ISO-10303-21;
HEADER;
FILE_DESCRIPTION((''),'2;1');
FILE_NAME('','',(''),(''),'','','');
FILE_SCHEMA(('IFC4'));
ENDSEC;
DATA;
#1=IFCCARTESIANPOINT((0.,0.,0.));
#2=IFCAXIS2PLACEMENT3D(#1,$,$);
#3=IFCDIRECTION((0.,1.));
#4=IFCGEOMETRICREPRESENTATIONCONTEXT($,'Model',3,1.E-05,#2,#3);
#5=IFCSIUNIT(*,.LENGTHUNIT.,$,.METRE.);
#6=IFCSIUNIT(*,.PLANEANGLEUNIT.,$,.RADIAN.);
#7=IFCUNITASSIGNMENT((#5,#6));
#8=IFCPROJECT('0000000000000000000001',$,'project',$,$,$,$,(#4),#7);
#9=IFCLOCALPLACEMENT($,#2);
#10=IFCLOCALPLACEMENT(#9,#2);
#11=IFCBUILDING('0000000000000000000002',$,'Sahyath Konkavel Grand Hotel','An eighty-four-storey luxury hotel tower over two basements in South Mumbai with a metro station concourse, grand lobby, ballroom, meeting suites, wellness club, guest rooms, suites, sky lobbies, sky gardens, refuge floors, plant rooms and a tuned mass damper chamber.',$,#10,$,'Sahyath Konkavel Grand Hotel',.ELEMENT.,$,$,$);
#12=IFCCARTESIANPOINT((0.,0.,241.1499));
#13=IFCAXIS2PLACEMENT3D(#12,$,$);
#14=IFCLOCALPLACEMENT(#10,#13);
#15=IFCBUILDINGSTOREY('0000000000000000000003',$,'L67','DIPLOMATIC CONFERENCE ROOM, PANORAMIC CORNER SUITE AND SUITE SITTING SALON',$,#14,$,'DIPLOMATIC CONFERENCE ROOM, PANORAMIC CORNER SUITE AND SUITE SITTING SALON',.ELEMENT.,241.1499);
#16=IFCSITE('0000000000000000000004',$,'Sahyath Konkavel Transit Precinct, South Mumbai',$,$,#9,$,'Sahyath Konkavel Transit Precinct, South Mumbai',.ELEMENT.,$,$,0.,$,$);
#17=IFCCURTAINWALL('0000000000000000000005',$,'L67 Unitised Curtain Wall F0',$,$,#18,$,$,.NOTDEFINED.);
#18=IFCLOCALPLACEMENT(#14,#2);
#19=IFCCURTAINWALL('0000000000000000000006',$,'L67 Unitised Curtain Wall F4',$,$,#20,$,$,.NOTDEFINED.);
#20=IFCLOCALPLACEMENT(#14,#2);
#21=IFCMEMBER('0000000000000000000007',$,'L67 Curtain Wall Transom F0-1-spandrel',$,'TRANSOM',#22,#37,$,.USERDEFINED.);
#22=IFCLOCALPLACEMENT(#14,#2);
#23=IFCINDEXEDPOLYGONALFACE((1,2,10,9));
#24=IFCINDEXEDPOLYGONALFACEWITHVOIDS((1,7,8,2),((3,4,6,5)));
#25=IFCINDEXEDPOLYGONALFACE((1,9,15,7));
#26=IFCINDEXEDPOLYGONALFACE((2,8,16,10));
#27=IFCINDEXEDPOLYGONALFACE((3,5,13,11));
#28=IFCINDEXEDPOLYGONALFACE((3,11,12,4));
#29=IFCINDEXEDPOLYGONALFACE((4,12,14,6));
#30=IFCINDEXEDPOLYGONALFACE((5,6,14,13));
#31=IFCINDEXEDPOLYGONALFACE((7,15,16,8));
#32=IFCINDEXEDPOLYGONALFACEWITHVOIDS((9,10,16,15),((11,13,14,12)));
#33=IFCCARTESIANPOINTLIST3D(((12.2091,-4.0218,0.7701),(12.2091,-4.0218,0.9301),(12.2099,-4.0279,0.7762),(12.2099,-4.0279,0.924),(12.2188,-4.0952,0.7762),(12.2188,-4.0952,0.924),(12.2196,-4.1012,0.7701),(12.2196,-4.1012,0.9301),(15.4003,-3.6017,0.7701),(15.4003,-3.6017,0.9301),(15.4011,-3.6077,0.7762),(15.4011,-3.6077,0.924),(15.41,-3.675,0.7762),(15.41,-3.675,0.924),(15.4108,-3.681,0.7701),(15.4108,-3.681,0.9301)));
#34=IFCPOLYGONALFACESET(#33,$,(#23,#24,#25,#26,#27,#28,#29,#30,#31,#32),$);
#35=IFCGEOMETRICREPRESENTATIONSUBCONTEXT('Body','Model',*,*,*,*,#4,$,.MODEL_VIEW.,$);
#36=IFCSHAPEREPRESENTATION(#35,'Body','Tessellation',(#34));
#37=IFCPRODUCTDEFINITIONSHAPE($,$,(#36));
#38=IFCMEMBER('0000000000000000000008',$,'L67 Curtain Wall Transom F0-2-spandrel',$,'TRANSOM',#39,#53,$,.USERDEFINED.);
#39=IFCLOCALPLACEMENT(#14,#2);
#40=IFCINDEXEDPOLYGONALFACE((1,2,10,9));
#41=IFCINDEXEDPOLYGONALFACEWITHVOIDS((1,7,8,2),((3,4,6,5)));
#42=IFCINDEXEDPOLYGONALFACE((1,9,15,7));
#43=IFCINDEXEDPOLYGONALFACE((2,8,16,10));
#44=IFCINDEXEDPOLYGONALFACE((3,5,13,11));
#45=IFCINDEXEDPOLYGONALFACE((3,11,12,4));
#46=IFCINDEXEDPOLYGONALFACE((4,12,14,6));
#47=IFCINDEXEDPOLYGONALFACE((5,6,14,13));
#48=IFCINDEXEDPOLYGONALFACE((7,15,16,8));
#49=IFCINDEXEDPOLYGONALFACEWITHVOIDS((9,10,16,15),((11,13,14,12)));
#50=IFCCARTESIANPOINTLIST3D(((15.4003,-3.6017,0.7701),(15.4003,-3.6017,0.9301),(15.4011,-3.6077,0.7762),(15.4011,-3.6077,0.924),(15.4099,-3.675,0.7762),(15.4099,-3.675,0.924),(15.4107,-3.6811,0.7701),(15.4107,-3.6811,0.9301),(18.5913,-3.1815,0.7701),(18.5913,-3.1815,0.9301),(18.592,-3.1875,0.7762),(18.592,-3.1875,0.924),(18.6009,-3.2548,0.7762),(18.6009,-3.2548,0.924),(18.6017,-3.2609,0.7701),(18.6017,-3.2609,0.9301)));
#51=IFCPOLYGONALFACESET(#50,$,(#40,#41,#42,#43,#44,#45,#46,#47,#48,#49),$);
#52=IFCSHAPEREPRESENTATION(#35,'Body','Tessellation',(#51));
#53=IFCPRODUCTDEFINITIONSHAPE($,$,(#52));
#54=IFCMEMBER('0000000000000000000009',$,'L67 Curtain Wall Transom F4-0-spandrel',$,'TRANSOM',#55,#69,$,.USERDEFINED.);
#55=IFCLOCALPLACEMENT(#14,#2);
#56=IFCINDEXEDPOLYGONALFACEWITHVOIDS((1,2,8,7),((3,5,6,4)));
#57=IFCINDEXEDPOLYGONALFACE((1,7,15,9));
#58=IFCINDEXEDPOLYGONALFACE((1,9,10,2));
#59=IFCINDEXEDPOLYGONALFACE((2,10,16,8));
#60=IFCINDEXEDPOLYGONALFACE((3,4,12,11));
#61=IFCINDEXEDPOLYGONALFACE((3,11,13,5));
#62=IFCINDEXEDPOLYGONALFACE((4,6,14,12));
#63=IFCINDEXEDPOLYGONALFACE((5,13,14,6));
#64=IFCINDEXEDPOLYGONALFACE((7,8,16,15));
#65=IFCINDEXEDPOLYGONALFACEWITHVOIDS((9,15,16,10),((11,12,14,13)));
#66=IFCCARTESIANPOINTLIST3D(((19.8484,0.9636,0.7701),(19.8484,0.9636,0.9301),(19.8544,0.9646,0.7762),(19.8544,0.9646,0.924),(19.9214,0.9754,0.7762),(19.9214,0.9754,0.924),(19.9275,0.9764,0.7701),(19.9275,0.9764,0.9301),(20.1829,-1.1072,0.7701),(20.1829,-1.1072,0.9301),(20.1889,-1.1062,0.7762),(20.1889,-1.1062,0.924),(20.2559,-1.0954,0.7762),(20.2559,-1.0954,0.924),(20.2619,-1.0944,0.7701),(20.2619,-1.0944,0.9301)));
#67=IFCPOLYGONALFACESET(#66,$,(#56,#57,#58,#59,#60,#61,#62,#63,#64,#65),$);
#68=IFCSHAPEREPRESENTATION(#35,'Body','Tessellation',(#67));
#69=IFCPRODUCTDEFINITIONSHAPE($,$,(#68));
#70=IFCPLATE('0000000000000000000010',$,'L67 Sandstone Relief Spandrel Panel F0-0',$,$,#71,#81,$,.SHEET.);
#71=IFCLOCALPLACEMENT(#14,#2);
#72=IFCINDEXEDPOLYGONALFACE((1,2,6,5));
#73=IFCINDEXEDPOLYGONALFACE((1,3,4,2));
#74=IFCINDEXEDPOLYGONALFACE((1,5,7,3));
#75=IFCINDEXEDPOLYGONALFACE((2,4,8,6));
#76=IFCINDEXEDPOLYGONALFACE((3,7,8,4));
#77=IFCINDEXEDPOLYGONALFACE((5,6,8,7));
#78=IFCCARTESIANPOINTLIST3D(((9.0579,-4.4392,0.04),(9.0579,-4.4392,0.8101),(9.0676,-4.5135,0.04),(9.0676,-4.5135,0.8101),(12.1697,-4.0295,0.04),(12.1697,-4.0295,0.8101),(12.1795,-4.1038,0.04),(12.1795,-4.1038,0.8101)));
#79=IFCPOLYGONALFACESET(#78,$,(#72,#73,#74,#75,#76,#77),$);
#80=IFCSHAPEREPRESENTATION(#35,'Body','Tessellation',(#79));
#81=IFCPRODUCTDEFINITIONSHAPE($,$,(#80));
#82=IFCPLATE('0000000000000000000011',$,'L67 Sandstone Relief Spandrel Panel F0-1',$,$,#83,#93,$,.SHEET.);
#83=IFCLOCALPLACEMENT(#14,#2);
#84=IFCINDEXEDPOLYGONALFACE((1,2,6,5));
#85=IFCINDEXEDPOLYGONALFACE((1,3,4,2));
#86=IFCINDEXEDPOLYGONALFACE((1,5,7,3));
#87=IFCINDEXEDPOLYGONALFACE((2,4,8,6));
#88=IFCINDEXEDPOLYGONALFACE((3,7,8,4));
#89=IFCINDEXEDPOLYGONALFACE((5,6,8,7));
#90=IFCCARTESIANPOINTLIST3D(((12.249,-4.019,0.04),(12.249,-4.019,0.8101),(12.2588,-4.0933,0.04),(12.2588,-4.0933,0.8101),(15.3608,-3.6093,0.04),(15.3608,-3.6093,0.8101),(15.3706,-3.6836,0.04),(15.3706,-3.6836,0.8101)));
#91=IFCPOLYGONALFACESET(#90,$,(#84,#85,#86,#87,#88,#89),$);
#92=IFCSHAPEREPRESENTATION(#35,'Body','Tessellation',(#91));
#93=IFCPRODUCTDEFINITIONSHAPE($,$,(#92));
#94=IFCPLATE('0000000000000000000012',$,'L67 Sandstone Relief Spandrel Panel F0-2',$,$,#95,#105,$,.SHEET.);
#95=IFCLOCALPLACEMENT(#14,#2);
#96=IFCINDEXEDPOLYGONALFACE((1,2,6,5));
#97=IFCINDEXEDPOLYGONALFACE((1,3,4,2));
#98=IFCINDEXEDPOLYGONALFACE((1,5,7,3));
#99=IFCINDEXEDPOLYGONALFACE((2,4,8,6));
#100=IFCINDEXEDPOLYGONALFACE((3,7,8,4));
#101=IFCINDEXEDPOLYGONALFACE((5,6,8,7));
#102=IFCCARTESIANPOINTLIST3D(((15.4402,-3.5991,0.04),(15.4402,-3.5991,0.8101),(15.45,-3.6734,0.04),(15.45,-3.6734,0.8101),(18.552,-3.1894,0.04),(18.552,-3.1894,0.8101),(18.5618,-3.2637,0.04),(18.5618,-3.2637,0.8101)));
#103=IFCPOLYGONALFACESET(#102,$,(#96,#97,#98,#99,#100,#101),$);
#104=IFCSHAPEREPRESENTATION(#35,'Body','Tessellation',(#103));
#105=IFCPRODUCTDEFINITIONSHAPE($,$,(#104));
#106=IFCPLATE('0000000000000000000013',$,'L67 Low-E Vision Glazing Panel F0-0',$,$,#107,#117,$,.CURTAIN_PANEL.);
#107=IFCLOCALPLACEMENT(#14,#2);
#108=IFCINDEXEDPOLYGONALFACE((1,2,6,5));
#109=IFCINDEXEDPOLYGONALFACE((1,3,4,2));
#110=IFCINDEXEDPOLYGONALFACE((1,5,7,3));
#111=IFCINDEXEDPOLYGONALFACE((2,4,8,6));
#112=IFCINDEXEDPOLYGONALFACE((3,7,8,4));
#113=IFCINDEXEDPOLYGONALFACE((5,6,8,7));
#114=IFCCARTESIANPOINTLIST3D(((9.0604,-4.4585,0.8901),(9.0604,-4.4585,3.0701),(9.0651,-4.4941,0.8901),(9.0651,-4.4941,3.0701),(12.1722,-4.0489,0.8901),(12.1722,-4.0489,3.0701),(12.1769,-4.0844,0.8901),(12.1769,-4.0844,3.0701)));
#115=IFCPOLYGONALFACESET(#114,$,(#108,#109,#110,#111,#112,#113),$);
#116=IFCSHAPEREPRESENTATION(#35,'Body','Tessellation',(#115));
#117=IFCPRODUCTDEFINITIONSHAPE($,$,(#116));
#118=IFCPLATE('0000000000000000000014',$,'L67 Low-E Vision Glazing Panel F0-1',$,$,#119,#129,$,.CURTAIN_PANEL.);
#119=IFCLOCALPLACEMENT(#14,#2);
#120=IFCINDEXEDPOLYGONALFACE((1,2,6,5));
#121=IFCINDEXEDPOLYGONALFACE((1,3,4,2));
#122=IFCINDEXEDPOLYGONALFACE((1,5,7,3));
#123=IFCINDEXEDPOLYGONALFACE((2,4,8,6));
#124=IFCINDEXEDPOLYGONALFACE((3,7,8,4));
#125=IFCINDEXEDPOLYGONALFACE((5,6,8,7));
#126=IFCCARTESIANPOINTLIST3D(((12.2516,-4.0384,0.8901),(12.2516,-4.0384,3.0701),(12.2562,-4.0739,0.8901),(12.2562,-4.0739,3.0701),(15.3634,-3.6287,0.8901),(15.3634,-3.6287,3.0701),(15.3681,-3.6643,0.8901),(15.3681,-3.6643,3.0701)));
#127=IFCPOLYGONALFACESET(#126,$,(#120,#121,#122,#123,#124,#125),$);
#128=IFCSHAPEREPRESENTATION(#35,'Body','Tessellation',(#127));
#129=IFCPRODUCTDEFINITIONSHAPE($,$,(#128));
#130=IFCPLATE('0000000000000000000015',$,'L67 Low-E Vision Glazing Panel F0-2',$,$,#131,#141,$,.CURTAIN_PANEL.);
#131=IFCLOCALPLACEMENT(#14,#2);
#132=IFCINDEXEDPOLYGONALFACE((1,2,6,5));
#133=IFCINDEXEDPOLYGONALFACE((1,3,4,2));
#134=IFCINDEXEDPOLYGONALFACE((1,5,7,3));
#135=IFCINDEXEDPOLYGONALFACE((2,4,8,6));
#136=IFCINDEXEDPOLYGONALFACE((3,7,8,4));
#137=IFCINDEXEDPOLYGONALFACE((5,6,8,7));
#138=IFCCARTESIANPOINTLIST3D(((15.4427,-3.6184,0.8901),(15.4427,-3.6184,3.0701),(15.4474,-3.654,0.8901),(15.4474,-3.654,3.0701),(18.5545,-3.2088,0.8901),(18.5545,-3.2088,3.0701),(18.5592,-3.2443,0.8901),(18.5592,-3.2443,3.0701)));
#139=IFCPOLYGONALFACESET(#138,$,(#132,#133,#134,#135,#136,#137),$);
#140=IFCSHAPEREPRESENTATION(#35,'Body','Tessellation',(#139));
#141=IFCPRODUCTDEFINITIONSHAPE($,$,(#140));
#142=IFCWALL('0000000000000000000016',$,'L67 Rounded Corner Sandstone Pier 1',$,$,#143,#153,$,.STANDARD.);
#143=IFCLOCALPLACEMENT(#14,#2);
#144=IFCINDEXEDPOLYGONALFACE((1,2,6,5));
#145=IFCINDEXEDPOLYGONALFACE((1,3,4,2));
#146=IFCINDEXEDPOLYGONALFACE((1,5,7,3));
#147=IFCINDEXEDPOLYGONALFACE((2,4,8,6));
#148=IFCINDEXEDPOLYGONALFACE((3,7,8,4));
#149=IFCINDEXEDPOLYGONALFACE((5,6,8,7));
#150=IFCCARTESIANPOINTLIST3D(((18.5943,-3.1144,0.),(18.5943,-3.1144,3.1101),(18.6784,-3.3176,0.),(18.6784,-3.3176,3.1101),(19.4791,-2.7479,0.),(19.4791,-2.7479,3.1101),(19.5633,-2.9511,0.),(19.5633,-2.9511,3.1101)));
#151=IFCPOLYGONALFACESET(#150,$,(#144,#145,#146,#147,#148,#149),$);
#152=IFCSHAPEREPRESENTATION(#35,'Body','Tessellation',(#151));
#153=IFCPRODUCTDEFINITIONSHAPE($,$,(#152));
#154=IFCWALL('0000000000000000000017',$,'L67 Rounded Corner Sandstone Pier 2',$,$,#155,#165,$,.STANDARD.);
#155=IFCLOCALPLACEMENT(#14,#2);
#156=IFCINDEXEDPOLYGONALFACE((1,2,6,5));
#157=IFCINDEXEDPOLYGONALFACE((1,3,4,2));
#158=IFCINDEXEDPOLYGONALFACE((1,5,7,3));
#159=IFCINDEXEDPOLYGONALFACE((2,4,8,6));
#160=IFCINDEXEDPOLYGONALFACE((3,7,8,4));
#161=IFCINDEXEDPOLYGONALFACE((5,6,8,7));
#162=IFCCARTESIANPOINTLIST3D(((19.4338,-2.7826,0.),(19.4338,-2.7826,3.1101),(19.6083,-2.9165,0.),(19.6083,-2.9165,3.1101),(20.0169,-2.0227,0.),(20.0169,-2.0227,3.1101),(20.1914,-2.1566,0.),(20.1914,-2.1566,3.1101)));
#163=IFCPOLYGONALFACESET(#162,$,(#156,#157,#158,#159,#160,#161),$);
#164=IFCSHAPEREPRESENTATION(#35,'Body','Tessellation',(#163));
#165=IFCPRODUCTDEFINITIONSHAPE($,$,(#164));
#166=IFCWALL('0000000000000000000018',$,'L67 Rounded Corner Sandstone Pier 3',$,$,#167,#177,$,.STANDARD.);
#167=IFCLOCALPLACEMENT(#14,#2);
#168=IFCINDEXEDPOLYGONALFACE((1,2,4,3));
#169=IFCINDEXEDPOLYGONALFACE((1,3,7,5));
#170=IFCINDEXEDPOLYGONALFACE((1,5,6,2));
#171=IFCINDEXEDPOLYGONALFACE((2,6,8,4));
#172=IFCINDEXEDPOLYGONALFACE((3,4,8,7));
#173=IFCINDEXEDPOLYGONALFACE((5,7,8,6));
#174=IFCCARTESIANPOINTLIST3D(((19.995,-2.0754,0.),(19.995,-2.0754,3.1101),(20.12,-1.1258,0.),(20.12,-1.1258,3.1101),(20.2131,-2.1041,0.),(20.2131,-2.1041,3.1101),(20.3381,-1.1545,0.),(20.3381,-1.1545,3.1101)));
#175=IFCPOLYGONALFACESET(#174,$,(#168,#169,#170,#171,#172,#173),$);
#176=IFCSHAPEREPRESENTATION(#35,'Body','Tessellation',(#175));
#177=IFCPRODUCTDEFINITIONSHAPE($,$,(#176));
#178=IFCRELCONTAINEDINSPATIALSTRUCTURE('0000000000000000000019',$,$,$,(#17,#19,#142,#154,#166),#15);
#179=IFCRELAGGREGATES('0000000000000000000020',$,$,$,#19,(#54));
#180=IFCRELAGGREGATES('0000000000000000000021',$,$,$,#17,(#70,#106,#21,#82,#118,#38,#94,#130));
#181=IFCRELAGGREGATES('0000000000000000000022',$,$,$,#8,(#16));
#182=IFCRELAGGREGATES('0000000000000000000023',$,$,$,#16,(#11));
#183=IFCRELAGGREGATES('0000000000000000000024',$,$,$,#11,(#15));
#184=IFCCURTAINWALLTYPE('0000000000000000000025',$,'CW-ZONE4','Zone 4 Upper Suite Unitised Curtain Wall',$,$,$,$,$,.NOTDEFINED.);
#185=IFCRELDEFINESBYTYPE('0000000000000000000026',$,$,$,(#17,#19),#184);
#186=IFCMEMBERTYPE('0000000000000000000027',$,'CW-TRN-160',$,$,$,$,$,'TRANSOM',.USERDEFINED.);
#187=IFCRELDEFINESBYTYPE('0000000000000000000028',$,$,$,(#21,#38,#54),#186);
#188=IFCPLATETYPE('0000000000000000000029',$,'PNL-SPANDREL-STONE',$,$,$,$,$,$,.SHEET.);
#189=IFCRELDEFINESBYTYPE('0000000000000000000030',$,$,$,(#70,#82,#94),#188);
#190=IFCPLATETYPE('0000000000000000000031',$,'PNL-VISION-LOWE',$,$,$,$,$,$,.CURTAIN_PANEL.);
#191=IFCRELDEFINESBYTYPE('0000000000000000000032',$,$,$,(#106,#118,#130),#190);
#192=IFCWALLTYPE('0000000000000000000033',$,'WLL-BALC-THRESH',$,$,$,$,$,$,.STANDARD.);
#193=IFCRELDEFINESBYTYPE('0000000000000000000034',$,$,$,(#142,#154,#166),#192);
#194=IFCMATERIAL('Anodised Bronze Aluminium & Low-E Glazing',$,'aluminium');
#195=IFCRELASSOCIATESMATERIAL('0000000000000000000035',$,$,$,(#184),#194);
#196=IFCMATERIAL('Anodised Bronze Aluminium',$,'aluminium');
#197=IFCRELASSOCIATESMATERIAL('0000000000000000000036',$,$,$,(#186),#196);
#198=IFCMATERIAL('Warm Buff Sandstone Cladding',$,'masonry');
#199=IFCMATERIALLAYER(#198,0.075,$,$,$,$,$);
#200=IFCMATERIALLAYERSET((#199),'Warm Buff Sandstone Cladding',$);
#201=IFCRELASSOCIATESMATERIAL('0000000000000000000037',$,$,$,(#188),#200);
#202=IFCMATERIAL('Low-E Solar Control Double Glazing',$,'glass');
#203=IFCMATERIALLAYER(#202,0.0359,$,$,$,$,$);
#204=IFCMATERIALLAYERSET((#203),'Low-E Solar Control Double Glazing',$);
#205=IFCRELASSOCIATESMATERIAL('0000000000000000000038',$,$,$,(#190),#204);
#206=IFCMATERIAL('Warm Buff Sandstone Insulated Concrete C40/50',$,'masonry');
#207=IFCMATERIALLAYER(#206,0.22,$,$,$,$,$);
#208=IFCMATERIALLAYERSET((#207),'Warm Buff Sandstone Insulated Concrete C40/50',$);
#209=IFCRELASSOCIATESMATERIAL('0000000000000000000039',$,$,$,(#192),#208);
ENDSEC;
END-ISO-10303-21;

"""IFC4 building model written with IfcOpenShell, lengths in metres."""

from ifc_helpers import new_model, si_unit, direction, frame, frame_2d, origin, origin_2d, place, context, subcontext, project, spatial, rectangle, hollow_rectangle, extrude, source, transform, mapped, material, layer, layer_set, material_profile, profile_set, type_object, element, aggregate, save


model = new_model("IFC4")

# Units and contexts
model_context = context("Model", 3, precision=1e-05, world=origin(), true_north=direction((0.0, 1.0)))
body_context = subcontext(model_context, "Body", "Model", "MODEL_VIEW")
ifc_project = project(units=[si_unit("LENGTHUNIT", "METRE"), si_unit("PLANEANGLEUNIT", "RADIAN")], contexts=[model_context])

# Site, building, storey
site_placement = place(None, origin())
site = spatial("IfcSite", under=ifc_project, at=site_placement, Name="Sahyath Konkavel Transit Precinct, South Mumbai", LongName="Sahyath Konkavel Transit Precinct, South Mumbai", CompositionType="ELEMENT", RefElevation=0.0)
building_placement = place(site_placement, origin())
building = spatial("IfcBuilding", under=site, at=building_placement, Name="Sahyath Konkavel Grand Hotel", Description="An eighty-four-storey luxury hotel tower over two basements in South Mumbai with a metro station concourse, grand lobby, ballroom, meeting suites, wellness club, guest rooms, suites, sky lobbies, sky gardens, refuge floors, plant rooms and a tuned mass damper chamber.", LongName="Sahyath Konkavel Grand Hotel", CompositionType="ELEMENT")
storey_placement = place(building_placement, frame((0.0, 0.0, 241.1499)))
storey = spatial("IfcBuildingStorey", under=building, at=storey_placement, Name="L67", Description="DIPLOMATIC CONFERENCE ROOM, PANORAMIC CORNER SUITE AND SUITE SITTING SALON", LongName="DIPLOMATIC CONFERENCE ROOM, PANORAMIC CORNER SUITE AND SUITE SITTING SALON", CompositionType="ELEMENT", Elevation=241.1499)

# Curtain wall
ifc_material_1 = material(Name="Anodised Bronze Aluminium & Low-E Glazing", Category="aluminium")
curtain_wall_type = type_object("IfcCurtainWallType", Name="CW-ZONE4", Description="Zone 4 Upper Suite Unitised Curtain Wall", PredefinedType="NOTDEFINED", material=ifc_material_1)
curtain_wall_1_placement = place(storey_placement, origin())
curtain_wall_1 = element("IfcCurtainWall", 1, at=curtain_wall_1_placement, inside=storey, type_object=curtain_wall_type, Name="L67 Unitised Curtain Wall F0", PredefinedType="NOTDEFINED")
ifc_material_2 = material(Name="Anodised Bronze Aluminium", Category="aluminium")

# Curtain wall
curtain_wall_2_placement = place(storey_placement, origin())
curtain_wall_2 = element("IfcCurtainWall", 2, at=curtain_wall_2_placement, inside=storey, type_object=curtain_wall_type, Name="L67 Unitised Curtain Wall F4", PredefinedType="NOTDEFINED")

# Members
ifc_material_profile_1 = material_profile(ifc_material_2, hollow_rectangle(XDim=0.0801, YDim=0.1599, WallThickness=0.0061, at=origin_2d()), Name="RHS 160x80x6")
ifc_profile_set_1 = profile_set([ifc_material_profile_1], Name="Anodised Bronze Aluminium")
member_type_1 = type_object("IfcMemberType", Name="CW-TRN-160", ElementType="TRANSOM", PredefinedType="USERDEFINED", material=ifc_profile_set_1)
shared_shape_1 = source(origin(), body_context, "Body", "SweptSolid", [
    extrude(hollow_rectangle(XDim=0.0801, YDim=0.1599, WallThickness=0.0061, at=origin_2d()), origin(), (0.0, 0.0, 1.0), 3.2188),
])
member_1_placement = place(storey_placement, frame((12.2144, -4.0615, 0.8501), z_axis=(0.991443, 0.130539, 0.0), x_axis=(-0.130539, 0.991443, 0.0)))
member_1 = element("IfcMember", 3, at=member_1_placement, type_object=member_type_1, Name="L67 Curtain Wall Transom F0-1-spandrel", ObjectType="TRANSOM", PredefinedType="USERDEFINED", context=body_context, shape_type="MappedRepresentation", body=[
    mapped(shared_shape_1, transform((0.0, 0.0, 0.0), scale=1.0)),
])
shared_shape_2 = source(origin(), body_context, "Body", "SweptSolid", [
    extrude(hollow_rectangle(XDim=0.0801, YDim=0.1599, WallThickness=0.0061, at=origin_2d()), origin(), (0.0, 0.0, 1.0), 3.2185),
])
member_2_placement = place(storey_placement, frame((15.4055, -3.6414, 0.8501), z_axis=(0.991442, 0.130549, 0.0), x_axis=(-0.130549, 0.991442, 0.0)))
member_2 = element("IfcMember", 4, at=member_2_placement, type_object=member_type_1, Name="L67 Curtain Wall Transom F0-2-spandrel", ObjectType="TRANSOM", PredefinedType="USERDEFINED", context=body_context, shape_type="MappedRepresentation", body=[
    mapped(shared_shape_2, transform((0.0, 0.0, 0.0), scale=1.0)),
])
shared_shape_3 = source(origin(), body_context, "Body", "SweptSolid", [
    extrude(hollow_rectangle(XDim=0.0801, YDim=0.1599, WallThickness=0.0061, at=origin_2d()), origin(), (0.0, 0.0, 1.0), 2.0977),
])
member_3_placement = place(storey_placement, frame((20.2224, -1.1008, 0.8501), z_axis=(-0.159452, 0.987206, 0.0), x_axis=(-0.987206, -0.159452, 0.0)))
member_3 = element("IfcMember", 5, at=member_3_placement, type_object=member_type_1, Name="L67 Curtain Wall Transom F4-0-spandrel", ObjectType="TRANSOM", PredefinedType="USERDEFINED", context=body_context, shape_type="MappedRepresentation", body=[
    mapped(shared_shape_3, transform((0.0, 0.0, 0.0), scale=1.0)),
])
aggregate(curtain_wall_2, [member_3])

# Plates
ifc_material_3 = material(Name="Warm Buff Sandstone Cladding", Category="masonry")
ifc_layer_1 = layer(ifc_material_3, 0.075)
ifc_layer_set_1 = layer_set([ifc_layer_1], Name="Warm Buff Sandstone Cladding")
plate_type_1 = type_object("IfcPlateType", Name="PNL-SPANDREL-STONE", PredefinedType="SHEET", material=ifc_layer_set_1)
shared_shape_4 = source(origin(), body_context, "Body", "SweptSolid", [
    extrude(rectangle(XDim=3.1387, YDim=0.075, at=origin_2d()), origin(), (0.0, 0.0, 1.0), 0.77),
])
plate_1_placement = place(storey_placement, frame((10.6187, -4.2715, 0.04), z_axis=(0.0, 0.0, 1.0), x_axis=(0.991445, 0.130526, 0.0)))
plate_1 = element("IfcPlate", 6, at=plate_1_placement, type_object=plate_type_1, Name="L67 Sandstone Relief Spandrel Panel F0-0", PredefinedType="SHEET", context=body_context, shape_type="MappedRepresentation", body=[
    mapped(shared_shape_4, transform((0.0, 0.0, 0.0), scale=1.0)),
])
plate_2_placement = place(storey_placement, frame((13.8098, -3.8513, 0.04), z_axis=(0.0, 0.0, 1.0), x_axis=(0.991445, 0.130526, 0.0)))
plate_2 = element("IfcPlate", 7, at=plate_2_placement, type_object=plate_type_1, Name="L67 Sandstone Relief Spandrel Panel F0-1", PredefinedType="SHEET", context=body_context, shape_type="MappedRepresentation", body=[
    mapped(shared_shape_4, transform((0.0, 0.0, 0.0), scale=1.0)),
])
plate_3_placement = place(storey_placement, frame((17.001, -3.4314, 0.04), z_axis=(0.0, 0.0, 1.0), x_axis=(0.991445, 0.130526, 0.0)))
plate_3 = element("IfcPlate", 8, at=plate_3_placement, type_object=plate_type_1, Name="L67 Sandstone Relief Spandrel Panel F0-2", PredefinedType="SHEET", context=body_context, shape_type="MappedRepresentation", body=[
    mapped(shared_shape_4, transform((0.0, 0.0, 0.0), scale=1.0)),
])
ifc_material_4 = material(Name="Low-E Solar Control Double Glazing", Category="glass")
ifc_layer_2 = layer(ifc_material_4, 0.0359)
ifc_layer_set_2 = layer_set([ifc_layer_2], Name="Low-E Solar Control Double Glazing")
plate_type_2 = type_object("IfcPlateType", Name="PNL-VISION-LOWE", PredefinedType="CURTAIN_PANEL", material=ifc_layer_set_2)
shared_shape_5 = source(origin(), body_context, "Body", "SweptSolid", [
    extrude(rectangle(XDim=3.1387, YDim=0.0359, at=origin_2d()), origin(), (0.0, 0.0, 1.0), 2.1799),
])
plate_4_placement = place(storey_placement, frame((10.6187, -4.2715, 0.8901), z_axis=(0.0, 0.0, 1.0), x_axis=(0.991445, 0.130526, 0.0)))
plate_4 = element("IfcPlate", 9, at=plate_4_placement, type_object=plate_type_2, Name="L67 Low-E Vision Glazing Panel F0-0", PredefinedType="CURTAIN_PANEL", context=body_context, shape_type="MappedRepresentation", body=[
    mapped(shared_shape_5, transform((0.0, 0.0, 0.0), scale=1.0)),
])
plate_5_placement = place(storey_placement, frame((13.8098, -3.8513, 0.8901), z_axis=(0.0, 0.0, 1.0), x_axis=(0.991445, 0.130526, 0.0)))
plate_5 = element("IfcPlate", 10, at=plate_5_placement, type_object=plate_type_2, Name="L67 Low-E Vision Glazing Panel F0-1", PredefinedType="CURTAIN_PANEL", context=body_context, shape_type="MappedRepresentation", body=[
    mapped(shared_shape_5, transform((0.0, 0.0, 0.0), scale=1.0)),
])
plate_6_placement = place(storey_placement, frame((17.001, -3.4314, 0.8901), z_axis=(0.0, 0.0, 1.0), x_axis=(0.991445, 0.130526, 0.0)))
plate_6 = element("IfcPlate", 11, at=plate_6_placement, type_object=plate_type_2, Name="L67 Low-E Vision Glazing Panel F0-2", PredefinedType="CURTAIN_PANEL", context=body_context, shape_type="MappedRepresentation", body=[
    mapped(shared_shape_5, transform((0.0, 0.0, 0.0), scale=1.0)),
])
aggregate(curtain_wall_1, [plate_1, plate_4, member_1, plate_2, plate_5, member_2, plate_3, plate_6])

# Walls
ifc_material_5 = material(Name="Warm Buff Sandstone Insulated Concrete C40/50", Category="masonry")
ifc_layer_3 = layer(ifc_material_5, 0.22)
ifc_layer_set_3 = layer_set([ifc_layer_3], Name="Warm Buff Sandstone Insulated Concrete C40/50")
wall_type_1 = type_object("IfcWallType", Name="WLL-BALC-THRESH", PredefinedType="STANDARD", material=ifc_layer_set_3)
for number, where, z_axis, x_axis, name in (
    (12, (18.6362, -3.2161, 0.0), (0.0, 0.0, 1.0), (0.923889, 0.38266, 0.0), "L67 Rounded Corner Sandstone Pier 1"),
    (13, (19.521, -2.8496, 0.0), (0.0, 0.0, 1.0), (0.608774, 0.793344, 0.0), "L67 Rounded Corner Sandstone Pier 2"),
    (14, (20.104, -2.0898, 0.0), (0.0, 0.0, 1.0), (0.130527, 0.991445, 0.0), "L67 Rounded Corner Sandstone Pier 3"),
):
    element("IfcWall", number, at=place(storey_placement, frame(where, z_axis=z_axis, x_axis=x_axis)), inside=storey, type_object=wall_type_1, Name=name, PredefinedType="STANDARD", context=body_context, shape_type="SweptSolid", body=[
        extrude(rectangle(XDim=0.9578, YDim=0.22, at=frame_2d((0.479, 0.0))), origin(), (0.0, 0.0, 1.0), 3.1101),
    ])

save(model, "model.ifc")
